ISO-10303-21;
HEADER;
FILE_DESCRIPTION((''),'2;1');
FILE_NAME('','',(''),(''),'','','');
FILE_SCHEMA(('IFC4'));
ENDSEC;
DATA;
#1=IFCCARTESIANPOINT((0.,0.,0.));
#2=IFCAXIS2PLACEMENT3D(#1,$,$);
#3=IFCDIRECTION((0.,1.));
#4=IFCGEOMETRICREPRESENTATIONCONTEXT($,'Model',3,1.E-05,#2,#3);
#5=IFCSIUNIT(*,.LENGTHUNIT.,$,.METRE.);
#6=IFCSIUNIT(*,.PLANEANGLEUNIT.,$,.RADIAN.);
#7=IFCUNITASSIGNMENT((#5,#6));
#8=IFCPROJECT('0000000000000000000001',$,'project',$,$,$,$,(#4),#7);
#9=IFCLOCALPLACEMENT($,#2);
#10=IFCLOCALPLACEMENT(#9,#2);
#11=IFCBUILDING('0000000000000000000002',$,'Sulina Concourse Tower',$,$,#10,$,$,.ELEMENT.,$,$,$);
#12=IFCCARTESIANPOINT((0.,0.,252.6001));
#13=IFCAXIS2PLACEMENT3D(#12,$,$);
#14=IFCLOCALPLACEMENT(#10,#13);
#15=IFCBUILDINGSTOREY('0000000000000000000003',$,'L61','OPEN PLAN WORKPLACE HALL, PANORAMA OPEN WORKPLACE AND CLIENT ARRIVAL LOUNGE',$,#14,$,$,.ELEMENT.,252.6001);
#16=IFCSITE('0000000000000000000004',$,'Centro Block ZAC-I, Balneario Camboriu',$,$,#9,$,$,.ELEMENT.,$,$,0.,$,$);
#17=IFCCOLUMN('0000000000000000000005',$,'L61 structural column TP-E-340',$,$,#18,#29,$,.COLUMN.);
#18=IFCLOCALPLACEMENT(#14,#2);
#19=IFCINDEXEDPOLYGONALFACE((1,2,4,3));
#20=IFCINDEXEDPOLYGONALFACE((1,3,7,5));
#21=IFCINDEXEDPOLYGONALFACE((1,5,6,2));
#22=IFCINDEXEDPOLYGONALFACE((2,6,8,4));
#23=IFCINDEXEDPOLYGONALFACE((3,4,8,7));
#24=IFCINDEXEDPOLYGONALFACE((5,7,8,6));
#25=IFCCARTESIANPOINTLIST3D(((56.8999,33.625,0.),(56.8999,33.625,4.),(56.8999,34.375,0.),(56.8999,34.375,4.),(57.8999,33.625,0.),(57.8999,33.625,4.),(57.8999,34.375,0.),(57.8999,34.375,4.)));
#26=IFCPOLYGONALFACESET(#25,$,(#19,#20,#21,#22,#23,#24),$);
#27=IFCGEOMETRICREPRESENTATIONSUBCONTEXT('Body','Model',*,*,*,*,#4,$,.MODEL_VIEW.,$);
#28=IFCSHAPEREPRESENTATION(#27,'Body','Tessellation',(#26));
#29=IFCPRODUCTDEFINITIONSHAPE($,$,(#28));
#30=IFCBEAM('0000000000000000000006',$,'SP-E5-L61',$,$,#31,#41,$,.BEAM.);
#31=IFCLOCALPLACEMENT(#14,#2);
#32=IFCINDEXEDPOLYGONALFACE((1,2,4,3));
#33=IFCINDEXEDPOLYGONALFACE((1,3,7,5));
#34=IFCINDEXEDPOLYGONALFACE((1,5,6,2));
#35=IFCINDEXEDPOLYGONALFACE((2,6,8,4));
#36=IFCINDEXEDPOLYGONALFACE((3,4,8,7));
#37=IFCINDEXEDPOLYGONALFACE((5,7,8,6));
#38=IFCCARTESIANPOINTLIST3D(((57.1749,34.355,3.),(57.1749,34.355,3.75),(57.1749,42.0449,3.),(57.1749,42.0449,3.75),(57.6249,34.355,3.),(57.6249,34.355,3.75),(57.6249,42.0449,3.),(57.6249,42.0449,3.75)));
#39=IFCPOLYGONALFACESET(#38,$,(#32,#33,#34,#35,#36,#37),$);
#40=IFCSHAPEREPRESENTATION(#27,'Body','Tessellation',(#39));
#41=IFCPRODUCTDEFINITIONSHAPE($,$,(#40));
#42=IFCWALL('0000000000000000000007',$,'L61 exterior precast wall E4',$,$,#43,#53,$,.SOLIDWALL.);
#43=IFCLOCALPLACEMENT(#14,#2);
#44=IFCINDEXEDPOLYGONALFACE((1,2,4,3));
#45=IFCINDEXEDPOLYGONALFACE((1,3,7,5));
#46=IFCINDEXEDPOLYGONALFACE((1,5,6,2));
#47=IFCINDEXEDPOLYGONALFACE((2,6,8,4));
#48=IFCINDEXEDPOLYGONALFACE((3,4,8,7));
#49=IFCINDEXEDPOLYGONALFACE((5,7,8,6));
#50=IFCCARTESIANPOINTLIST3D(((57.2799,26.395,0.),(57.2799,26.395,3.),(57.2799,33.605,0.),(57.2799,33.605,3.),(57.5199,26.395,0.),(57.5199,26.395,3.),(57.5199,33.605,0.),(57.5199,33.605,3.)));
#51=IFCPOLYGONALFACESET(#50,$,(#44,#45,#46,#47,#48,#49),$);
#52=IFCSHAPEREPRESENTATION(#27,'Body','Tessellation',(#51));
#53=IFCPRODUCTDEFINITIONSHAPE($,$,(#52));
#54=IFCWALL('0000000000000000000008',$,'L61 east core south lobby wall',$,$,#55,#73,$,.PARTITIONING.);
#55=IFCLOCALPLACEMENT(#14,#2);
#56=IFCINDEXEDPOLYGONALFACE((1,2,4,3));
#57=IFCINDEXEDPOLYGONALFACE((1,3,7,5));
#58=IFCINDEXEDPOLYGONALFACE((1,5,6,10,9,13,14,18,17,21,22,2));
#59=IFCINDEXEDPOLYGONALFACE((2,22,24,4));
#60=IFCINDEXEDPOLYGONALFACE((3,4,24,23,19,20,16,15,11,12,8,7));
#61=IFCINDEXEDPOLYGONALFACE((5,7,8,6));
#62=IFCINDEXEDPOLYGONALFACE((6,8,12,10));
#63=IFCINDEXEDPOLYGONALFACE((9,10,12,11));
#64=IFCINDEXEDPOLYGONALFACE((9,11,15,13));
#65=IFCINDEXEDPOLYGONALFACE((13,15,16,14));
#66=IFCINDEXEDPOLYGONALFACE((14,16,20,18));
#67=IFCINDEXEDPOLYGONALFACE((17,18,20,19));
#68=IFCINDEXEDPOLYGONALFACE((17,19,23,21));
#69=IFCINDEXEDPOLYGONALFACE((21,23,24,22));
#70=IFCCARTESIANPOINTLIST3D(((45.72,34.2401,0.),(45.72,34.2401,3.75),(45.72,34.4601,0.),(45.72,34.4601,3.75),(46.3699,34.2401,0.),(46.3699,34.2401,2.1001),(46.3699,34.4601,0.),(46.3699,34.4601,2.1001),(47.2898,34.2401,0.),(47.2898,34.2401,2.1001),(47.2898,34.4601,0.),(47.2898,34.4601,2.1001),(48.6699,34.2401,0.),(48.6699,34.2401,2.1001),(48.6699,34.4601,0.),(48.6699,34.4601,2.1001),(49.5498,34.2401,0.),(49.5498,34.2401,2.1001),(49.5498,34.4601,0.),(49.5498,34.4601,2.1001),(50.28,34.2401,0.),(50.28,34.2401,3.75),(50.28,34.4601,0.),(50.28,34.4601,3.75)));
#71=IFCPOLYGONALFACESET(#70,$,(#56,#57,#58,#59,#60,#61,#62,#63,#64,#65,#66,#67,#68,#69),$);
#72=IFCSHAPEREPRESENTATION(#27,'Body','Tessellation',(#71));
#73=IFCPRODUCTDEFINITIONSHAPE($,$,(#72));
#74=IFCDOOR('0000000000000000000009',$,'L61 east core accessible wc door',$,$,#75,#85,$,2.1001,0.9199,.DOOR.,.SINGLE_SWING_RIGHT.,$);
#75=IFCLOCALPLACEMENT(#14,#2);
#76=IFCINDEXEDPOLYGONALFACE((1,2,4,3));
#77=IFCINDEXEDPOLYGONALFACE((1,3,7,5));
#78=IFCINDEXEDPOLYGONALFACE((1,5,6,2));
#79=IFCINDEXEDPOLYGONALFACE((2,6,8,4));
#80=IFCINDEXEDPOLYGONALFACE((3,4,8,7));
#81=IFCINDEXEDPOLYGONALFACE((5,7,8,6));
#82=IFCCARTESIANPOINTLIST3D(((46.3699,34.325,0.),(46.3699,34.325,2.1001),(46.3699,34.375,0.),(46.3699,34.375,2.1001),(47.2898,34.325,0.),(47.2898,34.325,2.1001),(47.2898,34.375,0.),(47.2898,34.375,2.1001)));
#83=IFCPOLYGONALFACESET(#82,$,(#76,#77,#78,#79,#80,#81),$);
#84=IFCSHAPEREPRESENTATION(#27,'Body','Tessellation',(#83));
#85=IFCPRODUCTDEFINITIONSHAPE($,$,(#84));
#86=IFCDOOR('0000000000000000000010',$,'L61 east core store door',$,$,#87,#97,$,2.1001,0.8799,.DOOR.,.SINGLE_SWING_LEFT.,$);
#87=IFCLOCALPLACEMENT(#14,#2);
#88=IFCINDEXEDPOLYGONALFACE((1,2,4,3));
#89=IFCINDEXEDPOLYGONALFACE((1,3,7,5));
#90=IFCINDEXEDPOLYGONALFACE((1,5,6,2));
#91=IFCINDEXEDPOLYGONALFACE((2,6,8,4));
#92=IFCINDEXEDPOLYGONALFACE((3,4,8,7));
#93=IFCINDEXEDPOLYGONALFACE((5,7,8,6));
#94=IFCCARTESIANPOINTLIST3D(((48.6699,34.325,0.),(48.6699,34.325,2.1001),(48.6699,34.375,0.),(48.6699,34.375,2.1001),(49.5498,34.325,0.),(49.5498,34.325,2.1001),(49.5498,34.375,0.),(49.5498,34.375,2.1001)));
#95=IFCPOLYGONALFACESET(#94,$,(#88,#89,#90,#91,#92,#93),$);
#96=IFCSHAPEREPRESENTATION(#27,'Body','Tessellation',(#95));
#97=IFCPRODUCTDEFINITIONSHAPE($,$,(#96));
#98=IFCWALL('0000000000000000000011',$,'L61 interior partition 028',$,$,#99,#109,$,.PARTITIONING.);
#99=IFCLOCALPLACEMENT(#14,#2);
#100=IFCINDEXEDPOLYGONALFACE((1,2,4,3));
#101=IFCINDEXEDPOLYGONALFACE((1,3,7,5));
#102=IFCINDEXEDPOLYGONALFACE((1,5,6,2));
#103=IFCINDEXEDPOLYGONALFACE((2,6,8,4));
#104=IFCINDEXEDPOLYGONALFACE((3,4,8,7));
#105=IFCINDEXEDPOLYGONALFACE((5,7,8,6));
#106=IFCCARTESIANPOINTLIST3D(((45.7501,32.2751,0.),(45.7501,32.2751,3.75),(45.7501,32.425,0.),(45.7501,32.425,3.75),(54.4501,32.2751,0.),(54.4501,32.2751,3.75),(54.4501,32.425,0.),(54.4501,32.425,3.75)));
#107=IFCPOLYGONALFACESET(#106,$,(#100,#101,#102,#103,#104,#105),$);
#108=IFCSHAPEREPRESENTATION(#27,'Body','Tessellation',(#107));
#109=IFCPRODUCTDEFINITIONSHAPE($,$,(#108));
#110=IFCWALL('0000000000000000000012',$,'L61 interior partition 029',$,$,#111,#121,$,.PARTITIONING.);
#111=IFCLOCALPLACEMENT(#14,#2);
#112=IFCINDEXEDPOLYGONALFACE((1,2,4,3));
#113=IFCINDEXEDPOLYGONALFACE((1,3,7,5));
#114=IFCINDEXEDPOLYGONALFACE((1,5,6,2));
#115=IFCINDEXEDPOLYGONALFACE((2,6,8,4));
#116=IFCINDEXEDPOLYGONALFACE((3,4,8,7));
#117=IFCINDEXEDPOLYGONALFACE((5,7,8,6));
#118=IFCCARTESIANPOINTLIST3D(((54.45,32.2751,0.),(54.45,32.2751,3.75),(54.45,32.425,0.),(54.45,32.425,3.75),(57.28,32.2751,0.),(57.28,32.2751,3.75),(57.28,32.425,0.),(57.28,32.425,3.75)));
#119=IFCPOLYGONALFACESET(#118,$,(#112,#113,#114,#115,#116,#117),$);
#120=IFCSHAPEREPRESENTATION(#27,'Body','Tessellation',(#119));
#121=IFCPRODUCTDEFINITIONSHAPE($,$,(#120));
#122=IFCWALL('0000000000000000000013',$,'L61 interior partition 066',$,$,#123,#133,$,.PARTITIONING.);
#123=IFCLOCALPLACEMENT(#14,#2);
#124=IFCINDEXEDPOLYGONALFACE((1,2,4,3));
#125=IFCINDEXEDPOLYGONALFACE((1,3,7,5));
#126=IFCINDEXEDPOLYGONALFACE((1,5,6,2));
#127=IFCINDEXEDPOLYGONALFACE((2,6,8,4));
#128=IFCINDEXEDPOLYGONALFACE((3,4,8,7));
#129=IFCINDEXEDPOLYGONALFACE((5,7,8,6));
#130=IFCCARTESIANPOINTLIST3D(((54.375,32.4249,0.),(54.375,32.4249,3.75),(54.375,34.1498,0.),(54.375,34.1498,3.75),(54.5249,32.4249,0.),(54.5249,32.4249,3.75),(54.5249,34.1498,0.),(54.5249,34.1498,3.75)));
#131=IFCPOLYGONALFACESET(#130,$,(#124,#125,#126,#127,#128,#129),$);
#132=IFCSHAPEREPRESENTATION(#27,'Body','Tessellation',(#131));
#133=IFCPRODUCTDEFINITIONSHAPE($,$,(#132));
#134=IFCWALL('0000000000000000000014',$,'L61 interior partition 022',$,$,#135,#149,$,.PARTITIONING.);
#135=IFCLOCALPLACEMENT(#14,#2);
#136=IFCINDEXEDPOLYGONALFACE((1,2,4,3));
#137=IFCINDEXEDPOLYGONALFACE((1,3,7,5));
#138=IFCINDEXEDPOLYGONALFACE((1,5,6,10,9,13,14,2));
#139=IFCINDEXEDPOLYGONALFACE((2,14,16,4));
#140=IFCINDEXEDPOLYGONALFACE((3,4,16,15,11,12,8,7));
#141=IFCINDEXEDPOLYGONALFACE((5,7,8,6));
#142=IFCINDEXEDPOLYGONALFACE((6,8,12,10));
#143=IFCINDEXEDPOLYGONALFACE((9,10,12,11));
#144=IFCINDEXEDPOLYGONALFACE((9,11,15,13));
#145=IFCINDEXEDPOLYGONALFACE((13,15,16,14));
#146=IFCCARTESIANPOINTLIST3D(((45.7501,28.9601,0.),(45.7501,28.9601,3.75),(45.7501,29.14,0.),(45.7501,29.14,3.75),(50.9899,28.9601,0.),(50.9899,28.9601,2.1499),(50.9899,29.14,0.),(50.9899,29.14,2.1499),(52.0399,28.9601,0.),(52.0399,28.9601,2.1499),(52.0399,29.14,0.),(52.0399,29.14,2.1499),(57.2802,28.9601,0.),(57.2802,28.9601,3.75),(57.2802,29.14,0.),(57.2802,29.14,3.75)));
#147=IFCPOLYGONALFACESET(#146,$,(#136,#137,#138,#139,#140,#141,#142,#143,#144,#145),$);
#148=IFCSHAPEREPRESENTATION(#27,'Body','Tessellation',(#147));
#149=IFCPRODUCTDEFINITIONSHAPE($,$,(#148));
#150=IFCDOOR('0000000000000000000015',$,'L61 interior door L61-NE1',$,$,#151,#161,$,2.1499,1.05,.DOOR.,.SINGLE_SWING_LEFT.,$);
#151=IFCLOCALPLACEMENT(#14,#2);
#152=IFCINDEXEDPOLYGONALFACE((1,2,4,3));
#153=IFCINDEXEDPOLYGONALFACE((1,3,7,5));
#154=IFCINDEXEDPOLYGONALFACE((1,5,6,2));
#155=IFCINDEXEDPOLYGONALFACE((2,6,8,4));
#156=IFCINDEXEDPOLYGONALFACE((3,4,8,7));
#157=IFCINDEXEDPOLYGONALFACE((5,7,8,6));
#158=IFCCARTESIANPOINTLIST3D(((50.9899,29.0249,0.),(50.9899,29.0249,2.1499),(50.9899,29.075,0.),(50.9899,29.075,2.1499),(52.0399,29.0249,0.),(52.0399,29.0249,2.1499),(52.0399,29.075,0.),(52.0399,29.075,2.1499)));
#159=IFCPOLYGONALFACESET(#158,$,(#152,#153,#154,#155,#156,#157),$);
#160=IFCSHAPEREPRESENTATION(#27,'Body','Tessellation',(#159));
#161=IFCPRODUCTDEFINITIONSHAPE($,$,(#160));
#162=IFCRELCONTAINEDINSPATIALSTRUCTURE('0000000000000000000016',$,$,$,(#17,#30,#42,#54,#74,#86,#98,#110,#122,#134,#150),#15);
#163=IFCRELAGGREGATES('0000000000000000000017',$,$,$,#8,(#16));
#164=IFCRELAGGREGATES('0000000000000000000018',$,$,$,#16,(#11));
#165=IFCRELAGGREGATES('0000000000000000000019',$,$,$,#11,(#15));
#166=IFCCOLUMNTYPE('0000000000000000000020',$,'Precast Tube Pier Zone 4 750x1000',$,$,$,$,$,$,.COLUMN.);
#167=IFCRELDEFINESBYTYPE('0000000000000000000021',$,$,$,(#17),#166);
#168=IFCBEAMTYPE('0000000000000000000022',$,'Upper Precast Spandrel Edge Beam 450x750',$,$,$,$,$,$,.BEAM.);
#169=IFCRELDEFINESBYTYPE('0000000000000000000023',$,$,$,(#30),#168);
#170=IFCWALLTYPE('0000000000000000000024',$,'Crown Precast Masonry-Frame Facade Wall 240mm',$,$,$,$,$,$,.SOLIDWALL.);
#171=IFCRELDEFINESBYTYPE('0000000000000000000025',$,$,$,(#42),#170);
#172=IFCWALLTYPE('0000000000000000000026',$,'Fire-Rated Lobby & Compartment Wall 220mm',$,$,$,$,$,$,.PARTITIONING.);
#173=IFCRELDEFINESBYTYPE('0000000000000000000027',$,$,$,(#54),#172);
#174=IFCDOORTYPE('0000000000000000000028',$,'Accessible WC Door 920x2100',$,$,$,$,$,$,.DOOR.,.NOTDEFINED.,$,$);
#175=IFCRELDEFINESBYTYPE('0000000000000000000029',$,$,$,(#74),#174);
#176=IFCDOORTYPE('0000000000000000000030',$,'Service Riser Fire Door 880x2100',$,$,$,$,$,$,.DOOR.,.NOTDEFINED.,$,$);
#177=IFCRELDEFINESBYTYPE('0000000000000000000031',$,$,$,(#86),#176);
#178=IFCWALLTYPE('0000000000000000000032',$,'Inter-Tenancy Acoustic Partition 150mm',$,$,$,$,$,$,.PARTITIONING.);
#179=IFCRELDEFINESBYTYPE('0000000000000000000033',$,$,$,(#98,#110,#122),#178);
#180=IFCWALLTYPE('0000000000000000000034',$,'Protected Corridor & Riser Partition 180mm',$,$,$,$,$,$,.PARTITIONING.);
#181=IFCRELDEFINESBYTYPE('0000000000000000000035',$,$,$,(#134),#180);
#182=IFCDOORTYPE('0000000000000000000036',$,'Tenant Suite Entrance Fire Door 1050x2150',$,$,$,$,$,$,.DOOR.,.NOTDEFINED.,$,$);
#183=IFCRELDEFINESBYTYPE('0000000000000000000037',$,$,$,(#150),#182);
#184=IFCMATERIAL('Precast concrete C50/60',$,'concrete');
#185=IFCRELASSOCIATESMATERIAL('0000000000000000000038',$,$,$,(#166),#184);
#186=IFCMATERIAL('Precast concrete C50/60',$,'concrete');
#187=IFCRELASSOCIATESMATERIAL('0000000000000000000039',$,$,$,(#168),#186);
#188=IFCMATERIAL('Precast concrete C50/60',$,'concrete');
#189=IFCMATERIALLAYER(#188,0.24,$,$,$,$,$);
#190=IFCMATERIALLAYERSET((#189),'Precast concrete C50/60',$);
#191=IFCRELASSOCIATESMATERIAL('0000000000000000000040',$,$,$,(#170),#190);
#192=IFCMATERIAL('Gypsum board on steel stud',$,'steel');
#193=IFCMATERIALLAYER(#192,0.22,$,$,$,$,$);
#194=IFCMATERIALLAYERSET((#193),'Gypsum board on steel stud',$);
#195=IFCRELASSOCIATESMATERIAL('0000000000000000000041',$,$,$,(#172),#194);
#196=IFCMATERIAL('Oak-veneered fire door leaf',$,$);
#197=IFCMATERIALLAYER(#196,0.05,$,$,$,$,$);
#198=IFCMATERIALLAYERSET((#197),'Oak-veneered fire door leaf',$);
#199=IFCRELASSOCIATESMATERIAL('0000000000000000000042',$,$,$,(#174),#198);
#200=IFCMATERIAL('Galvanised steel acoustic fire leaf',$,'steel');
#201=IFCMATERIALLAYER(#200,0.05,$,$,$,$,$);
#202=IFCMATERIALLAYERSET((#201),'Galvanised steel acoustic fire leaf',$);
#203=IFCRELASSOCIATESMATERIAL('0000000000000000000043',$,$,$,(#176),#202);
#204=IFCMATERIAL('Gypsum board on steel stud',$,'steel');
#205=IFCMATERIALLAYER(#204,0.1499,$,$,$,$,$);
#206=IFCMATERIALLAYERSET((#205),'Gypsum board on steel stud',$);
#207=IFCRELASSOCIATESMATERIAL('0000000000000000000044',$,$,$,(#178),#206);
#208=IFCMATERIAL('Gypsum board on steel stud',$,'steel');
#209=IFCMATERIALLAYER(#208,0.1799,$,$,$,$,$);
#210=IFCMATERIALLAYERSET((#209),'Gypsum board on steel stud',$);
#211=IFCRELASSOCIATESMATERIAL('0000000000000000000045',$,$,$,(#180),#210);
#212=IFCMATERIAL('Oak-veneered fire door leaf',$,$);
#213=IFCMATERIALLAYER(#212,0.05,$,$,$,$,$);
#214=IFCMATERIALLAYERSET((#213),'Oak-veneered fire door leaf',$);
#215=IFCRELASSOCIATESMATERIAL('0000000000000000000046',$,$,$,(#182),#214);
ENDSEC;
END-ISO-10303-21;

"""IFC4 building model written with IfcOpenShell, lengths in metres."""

from ifc_helpers import new_model, si_unit, direction, frame, frame_2d, origin, origin_2d, place, context, subcontext, project, spatial, rectangle, extrude, material, layer, layer_set, material_profile, profile_set, type_object, element, fill, save


model = new_model("IFC4")

# Units and contexts
model_context = context("Model", 3, precision=1e-05, world=origin(), true_north=direction((0.0, 1.0)))
body_context = subcontext(model_context, "Body", "Model", "MODEL_VIEW")
ifc_project = project(units=[si_unit("LENGTHUNIT", "METRE"), si_unit("PLANEANGLEUNIT", "RADIAN")], contexts=[model_context])

# Site, building, storey
site_placement = place(None, origin())
site = spatial("IfcSite", under=ifc_project, at=site_placement, Name="Centro Block ZAC-I, Balneario Camboriu", CompositionType="ELEMENT", RefElevation=0.0)
building_placement = place(site_placement, origin())
building = spatial("IfcBuilding", under=site, at=building_placement, Name="Sulina Concourse Tower", CompositionType="ELEMENT")
storey_placement = place(building_placement, frame((0.0, 0.0, 252.6001)))
storey = spatial("IfcBuildingStorey", under=building, at=storey_placement, Name="L61", Description="OPEN PLAN WORKPLACE HALL, PANORAMA OPEN WORKPLACE AND CLIENT ARRIVAL LOUNGE", CompositionType="ELEMENT", Elevation=252.6001)

# Column
ifc_material_1 = material(Name="Precast concrete C50/60", Category="concrete")
ifc_material_profile_1 = material_profile(ifc_material_1, rectangle(XDim=0.75, YDim=1.0, at=origin_2d()), Name="PC 750x1000")
ifc_profile_set_1 = profile_set([ifc_material_profile_1], Name="Precast concrete C50/60")
column_type = type_object("IfcColumnType", Name="Precast Tube Pier Zone 4 750x1000", PredefinedType="COLUMN", material=ifc_profile_set_1)
column_placement = place(storey_placement, frame((57.3999, 34.0, 0.0), z_axis=(0.0, 0.0, 1.0), x_axis=(0.0, 1.0, 0.0)))
element("IfcColumn", 1, at=column_placement, inside=storey, type_object=column_type, Name="L61 structural column TP-E-340", PredefinedType="COLUMN", context=body_context, shape_type="SweptSolid", body=[
    extrude(rectangle(XDim=0.75, YDim=1.0, at=origin_2d()), origin(), (0.0, 0.0, 1.0), 4.0),
])

# Beam
ifc_material_2 = material(Name="Precast concrete C50/60", Category="concrete")
ifc_material_profile_2 = material_profile(ifc_material_2, rectangle(XDim=0.45, YDim=0.75, at=origin_2d()), Name="RC 450x750")
ifc_profile_set_2 = profile_set([ifc_material_profile_2], Name="Precast concrete C50/60")
beam_type = type_object("IfcBeamType", Name="Upper Precast Spandrel Edge Beam 450x750", PredefinedType="BEAM", material=ifc_profile_set_2)
beam_placement = place(storey_placement, frame((57.3999, 34.355, 3.375), z_axis=(0.0, 1.0, 0.0), x_axis=(-1.0, 0.0, 0.0)))
element("IfcBeam", 2, at=beam_placement, inside=storey, type_object=beam_type, Name="SP-E5-L61", PredefinedType="BEAM", context=body_context, shape_type="SweptSolid", body=[
    extrude(rectangle(XDim=0.45, YDim=0.75, at=origin_2d()), origin(), (0.0, 0.0, 1.0), 7.6899),
])

# Wall
ifc_material_3 = material(Name="Precast concrete C50/60", Category="concrete")
ifc_layer_1 = layer(ifc_material_3, 0.24)
ifc_layer_set_1 = layer_set([ifc_layer_1], Name="Precast concrete C50/60")
wall_type_1 = type_object("IfcWallType", Name="Crown Precast Masonry-Frame Facade Wall 240mm", PredefinedType="SOLIDWALL", material=ifc_layer_set_1)
wall_1_placement = place(storey_placement, frame((57.3999, 33.605, 0.0), z_axis=(0.0, 0.0, 1.0), x_axis=(0.0, -1.0, 0.0)))
element("IfcWall", 3, at=wall_1_placement, inside=storey, type_object=wall_type_1, Name="L61 exterior precast wall E4", PredefinedType="SOLIDWALL", context=body_context, shape_type="SweptSolid", body=[
    extrude(rectangle(XDim=7.21, YDim=0.24, at=frame_2d((3.605, 0.0))), origin(), (0.0, 0.0, 1.0), 3.0),
])

# Wall, openings, doors
ifc_material_4 = material(Name="Gypsum board on steel stud", Category="steel")
ifc_layer_2 = layer(ifc_material_4, 0.22)
ifc_layer_set_2 = layer_set([ifc_layer_2], Name="Gypsum board on steel stud")
wall_type_2 = type_object("IfcWallType", Name="Fire-Rated Lobby & Compartment Wall 220mm", PredefinedType="PARTITIONING", material=ifc_layer_set_2)
wall_2_placement = place(storey_placement, frame((45.72, 34.3501, 0.0), z_axis=(0.0, 0.0, 1.0), x_axis=(1.0, 0.0, 0.0)))
wall_2 = element("IfcWall", 4, at=wall_2_placement, inside=storey, type_object=wall_type_2, Name="L61 east core south lobby wall", PredefinedType="PARTITIONING", context=body_context, shape_type="SweptSolid", body=[
    extrude(rectangle(XDim=4.5601, YDim=0.22, at=frame_2d((2.28, 0.0))), origin(), (0.0, 0.0, 1.0), 3.75),
])
opening_1_placement = place(wall_2_placement, frame((0.6499, 0.0, 0.0)))
opening_1 = element("IfcOpeningElement", 5, at=opening_1_placement, cuts=wall_2, PredefinedType="OPENING", context=body_context, shape_type="SweptSolid", body=[
    extrude(rectangle(XDim=0.9199, YDim=2.1001, at=frame_2d((0.46, 1.05))), frame((0.0, 0.1199, 0.0), z_axis=(0.0, -1.0, 0.0), x_axis=(1.0, 0.0, 0.0)), (0.0, 0.0, 1.0), 0.24),
])
opening_2_placement = place(wall_2_placement, frame((2.95, 0.0, 0.0)))
opening_2 = element("IfcOpeningElement", 6, at=opening_2_placement, cuts=wall_2, PredefinedType="OPENING", context=body_context, shape_type="SweptSolid", body=[
    extrude(rectangle(XDim=0.8799, YDim=2.1001, at=frame_2d((0.4399, 1.05))), frame((0.0, 0.1199, 0.0), z_axis=(0.0, -1.0, 0.0), x_axis=(1.0, 0.0, 0.0)), (0.0, 0.0, 1.0), 0.24),
])
ifc_material_5 = material(Name="Oak-veneered fire door leaf")
ifc_layer_3 = layer(ifc_material_5, 0.05)
ifc_layer_set_3 = layer_set([ifc_layer_3], Name="Oak-veneered fire door leaf")
door_type_1 = type_object("IfcDoorType", Name="Accessible WC Door 920x2100", OperationType="NOTDEFINED", PredefinedType="DOOR", material=ifc_layer_set_3)
door_1_placement = place(opening_1_placement, origin())
door_1 = element("IfcDoor", 7, at=door_1_placement, inside=storey, type_object=door_type_1, Name="L61 east core accessible wc door", OperationType="SINGLE_SWING_RIGHT", OverallHeight=2.1001, OverallWidth=0.9199, PredefinedType="DOOR", context=body_context, shape_type="SweptSolid", body=[
    extrude(rectangle(XDim=0.9199, YDim=2.1001, at=frame_2d((0.46, 1.05))), frame((0.0, 0.0249, 0.0), z_axis=(0.0, -1.0, 0.0), x_axis=(1.0, 0.0, 0.0)), (0.0, 0.0, 1.0), 0.05),
])
fill(opening_1, door_1)
ifc_material_6 = material(Name="Galvanised steel acoustic fire leaf", Category="steel")
ifc_layer_4 = layer(ifc_material_6, 0.05)
ifc_layer_set_4 = layer_set([ifc_layer_4], Name="Galvanised steel acoustic fire leaf")
door_type_2 = type_object("IfcDoorType", Name="Service Riser Fire Door 880x2100", OperationType="NOTDEFINED", PredefinedType="DOOR", material=ifc_layer_set_4)
door_2_placement = place(opening_2_placement, origin())
door_2 = element("IfcDoor", 8, at=door_2_placement, inside=storey, type_object=door_type_2, Name="L61 east core store door", OperationType="SINGLE_SWING_LEFT", OverallHeight=2.1001, OverallWidth=0.8799, PredefinedType="DOOR", context=body_context, shape_type="SweptSolid", body=[
    extrude(rectangle(XDim=0.8799, YDim=2.1001, at=frame_2d((0.4399, 1.05))), frame((0.0, 0.0249, 0.0), z_axis=(0.0, -1.0, 0.0), x_axis=(1.0, 0.0, 0.0)), (0.0, 0.0, 1.0), 0.05),
])
fill(opening_2, door_2)

# Walls
ifc_material_7 = material(Name="Gypsum board on steel stud", Category="steel")
ifc_layer_5 = layer(ifc_material_7, 0.1499)
ifc_layer_set_5 = layer_set([ifc_layer_5], Name="Gypsum board on steel stud")
wall_type_3 = type_object("IfcWallType", Name="Inter-Tenancy Acoustic Partition 150mm", PredefinedType="PARTITIONING", material=ifc_layer_set_5)
wall_3_placement = place(storey_placement, frame((45.75, 32.3501, 0.0), z_axis=(0.0, 0.0, 1.0), x_axis=(1.0, 0.0, 0.0)))
element("IfcWall", 9, at=wall_3_placement, inside=storey, type_object=wall_type_3, Name="L61 interior partition 028", PredefinedType="PARTITIONING", context=body_context, shape_type="SweptSolid", body=[
    extrude(rectangle(XDim=8.7, YDim=0.1499, at=frame_2d((4.3501, 0.0))), origin(), (0.0, 0.0, 1.0), 3.75),
])
wall_4_placement = place(storey_placement, frame((54.45, 32.3501, 0.0), z_axis=(0.0, 0.0, 1.0), x_axis=(1.0, 0.0, 0.0)))
element("IfcWall", 10, at=wall_4_placement, inside=storey, type_object=wall_type_3, Name="L61 interior partition 029", PredefinedType="PARTITIONING", context=body_context, shape_type="SweptSolid", body=[
    extrude(rectangle(XDim=2.8301, YDim=0.1499, at=frame_2d((1.415, 0.0))), origin(), (0.0, 0.0, 1.0), 3.75),
])
wall_5_placement = place(storey_placement, frame((54.45, 32.425, 0.0), z_axis=(0.0, 0.0, 1.0), x_axis=(0.0, 1.0, 0.0)))
element("IfcWall", 11, at=wall_5_placement, inside=storey, type_object=wall_type_3, Name="L61 interior partition 066", PredefinedType="PARTITIONING", context=body_context, shape_type="SweptSolid", body=[
    extrude(rectangle(XDim=1.7249, YDim=0.1499, at=frame_2d((0.8623, 0.0))), origin(), (0.0, 0.0, 1.0), 3.75),
])

# Wall, opening, door
ifc_material_8 = material(Name="Gypsum board on steel stud", Category="steel")
ifc_layer_6 = layer(ifc_material_8, 0.1799)
ifc_layer_set_6 = layer_set([ifc_layer_6], Name="Gypsum board on steel stud")
wall_type_4 = type_object("IfcWallType", Name="Protected Corridor & Riser Partition 180mm", PredefinedType="PARTITIONING", material=ifc_layer_set_6)
wall_6_placement = place(storey_placement, frame((45.75, 29.05, 0.0), z_axis=(0.0, 0.0, 1.0), x_axis=(1.0, 0.0, 0.0)))
wall_6 = element("IfcWall", 12, at=wall_6_placement, inside=storey, type_object=wall_type_4, Name="L61 interior partition 022", PredefinedType="PARTITIONING", context=body_context, shape_type="SweptSolid", body=[
    extrude(rectangle(XDim=11.53, YDim=0.1799, at=frame_2d((5.7651, 0.0))), origin(), (0.0, 0.0, 1.0), 3.75),
])
opening_3_placement = place(wall_6_placement, frame((5.24, 0.0, 0.0)))
opening_3 = element("IfcOpeningElement", 13, at=opening_3_placement, cuts=wall_6, PredefinedType="OPENING", context=body_context, shape_type="SweptSolid", body=[
    extrude(rectangle(XDim=1.05, YDim=2.1499, at=frame_2d((0.5249, 1.075))), frame((0.0, 0.0999, 0.0), z_axis=(0.0, -1.0, 0.0), x_axis=(1.0, 0.0, 0.0)), (0.0, 0.0, 1.0), 0.2),
])
ifc_material_9 = material(Name="Oak-veneered fire door leaf")
ifc_layer_7 = layer(ifc_material_9, 0.05)
ifc_layer_set_7 = layer_set([ifc_layer_7], Name="Oak-veneered fire door leaf")
door_type_3 = type_object("IfcDoorType", Name="Tenant Suite Entrance Fire Door 1050x2150", OperationType="NOTDEFINED", PredefinedType="DOOR", material=ifc_layer_set_7)
door_3_placement = place(opening_3_placement, origin())
door_3 = element("IfcDoor", 14, at=door_3_placement, inside=storey, type_object=door_type_3, Name="L61 interior door L61-NE1", OperationType="SINGLE_SWING_LEFT", OverallHeight=2.1499, OverallWidth=1.05, PredefinedType="DOOR", context=body_context, shape_type="SweptSolid", body=[
    extrude(rectangle(XDim=1.05, YDim=2.1499, at=frame_2d((0.5249, 1.075))), frame((0.0, 0.0249, 0.0), z_axis=(0.0, -1.0, 0.0), x_axis=(1.0, 0.0, 0.0)), (0.0, 0.0, 1.0), 0.05),
])
fill(opening_3, door_3)

save(model, "model.ifc")
